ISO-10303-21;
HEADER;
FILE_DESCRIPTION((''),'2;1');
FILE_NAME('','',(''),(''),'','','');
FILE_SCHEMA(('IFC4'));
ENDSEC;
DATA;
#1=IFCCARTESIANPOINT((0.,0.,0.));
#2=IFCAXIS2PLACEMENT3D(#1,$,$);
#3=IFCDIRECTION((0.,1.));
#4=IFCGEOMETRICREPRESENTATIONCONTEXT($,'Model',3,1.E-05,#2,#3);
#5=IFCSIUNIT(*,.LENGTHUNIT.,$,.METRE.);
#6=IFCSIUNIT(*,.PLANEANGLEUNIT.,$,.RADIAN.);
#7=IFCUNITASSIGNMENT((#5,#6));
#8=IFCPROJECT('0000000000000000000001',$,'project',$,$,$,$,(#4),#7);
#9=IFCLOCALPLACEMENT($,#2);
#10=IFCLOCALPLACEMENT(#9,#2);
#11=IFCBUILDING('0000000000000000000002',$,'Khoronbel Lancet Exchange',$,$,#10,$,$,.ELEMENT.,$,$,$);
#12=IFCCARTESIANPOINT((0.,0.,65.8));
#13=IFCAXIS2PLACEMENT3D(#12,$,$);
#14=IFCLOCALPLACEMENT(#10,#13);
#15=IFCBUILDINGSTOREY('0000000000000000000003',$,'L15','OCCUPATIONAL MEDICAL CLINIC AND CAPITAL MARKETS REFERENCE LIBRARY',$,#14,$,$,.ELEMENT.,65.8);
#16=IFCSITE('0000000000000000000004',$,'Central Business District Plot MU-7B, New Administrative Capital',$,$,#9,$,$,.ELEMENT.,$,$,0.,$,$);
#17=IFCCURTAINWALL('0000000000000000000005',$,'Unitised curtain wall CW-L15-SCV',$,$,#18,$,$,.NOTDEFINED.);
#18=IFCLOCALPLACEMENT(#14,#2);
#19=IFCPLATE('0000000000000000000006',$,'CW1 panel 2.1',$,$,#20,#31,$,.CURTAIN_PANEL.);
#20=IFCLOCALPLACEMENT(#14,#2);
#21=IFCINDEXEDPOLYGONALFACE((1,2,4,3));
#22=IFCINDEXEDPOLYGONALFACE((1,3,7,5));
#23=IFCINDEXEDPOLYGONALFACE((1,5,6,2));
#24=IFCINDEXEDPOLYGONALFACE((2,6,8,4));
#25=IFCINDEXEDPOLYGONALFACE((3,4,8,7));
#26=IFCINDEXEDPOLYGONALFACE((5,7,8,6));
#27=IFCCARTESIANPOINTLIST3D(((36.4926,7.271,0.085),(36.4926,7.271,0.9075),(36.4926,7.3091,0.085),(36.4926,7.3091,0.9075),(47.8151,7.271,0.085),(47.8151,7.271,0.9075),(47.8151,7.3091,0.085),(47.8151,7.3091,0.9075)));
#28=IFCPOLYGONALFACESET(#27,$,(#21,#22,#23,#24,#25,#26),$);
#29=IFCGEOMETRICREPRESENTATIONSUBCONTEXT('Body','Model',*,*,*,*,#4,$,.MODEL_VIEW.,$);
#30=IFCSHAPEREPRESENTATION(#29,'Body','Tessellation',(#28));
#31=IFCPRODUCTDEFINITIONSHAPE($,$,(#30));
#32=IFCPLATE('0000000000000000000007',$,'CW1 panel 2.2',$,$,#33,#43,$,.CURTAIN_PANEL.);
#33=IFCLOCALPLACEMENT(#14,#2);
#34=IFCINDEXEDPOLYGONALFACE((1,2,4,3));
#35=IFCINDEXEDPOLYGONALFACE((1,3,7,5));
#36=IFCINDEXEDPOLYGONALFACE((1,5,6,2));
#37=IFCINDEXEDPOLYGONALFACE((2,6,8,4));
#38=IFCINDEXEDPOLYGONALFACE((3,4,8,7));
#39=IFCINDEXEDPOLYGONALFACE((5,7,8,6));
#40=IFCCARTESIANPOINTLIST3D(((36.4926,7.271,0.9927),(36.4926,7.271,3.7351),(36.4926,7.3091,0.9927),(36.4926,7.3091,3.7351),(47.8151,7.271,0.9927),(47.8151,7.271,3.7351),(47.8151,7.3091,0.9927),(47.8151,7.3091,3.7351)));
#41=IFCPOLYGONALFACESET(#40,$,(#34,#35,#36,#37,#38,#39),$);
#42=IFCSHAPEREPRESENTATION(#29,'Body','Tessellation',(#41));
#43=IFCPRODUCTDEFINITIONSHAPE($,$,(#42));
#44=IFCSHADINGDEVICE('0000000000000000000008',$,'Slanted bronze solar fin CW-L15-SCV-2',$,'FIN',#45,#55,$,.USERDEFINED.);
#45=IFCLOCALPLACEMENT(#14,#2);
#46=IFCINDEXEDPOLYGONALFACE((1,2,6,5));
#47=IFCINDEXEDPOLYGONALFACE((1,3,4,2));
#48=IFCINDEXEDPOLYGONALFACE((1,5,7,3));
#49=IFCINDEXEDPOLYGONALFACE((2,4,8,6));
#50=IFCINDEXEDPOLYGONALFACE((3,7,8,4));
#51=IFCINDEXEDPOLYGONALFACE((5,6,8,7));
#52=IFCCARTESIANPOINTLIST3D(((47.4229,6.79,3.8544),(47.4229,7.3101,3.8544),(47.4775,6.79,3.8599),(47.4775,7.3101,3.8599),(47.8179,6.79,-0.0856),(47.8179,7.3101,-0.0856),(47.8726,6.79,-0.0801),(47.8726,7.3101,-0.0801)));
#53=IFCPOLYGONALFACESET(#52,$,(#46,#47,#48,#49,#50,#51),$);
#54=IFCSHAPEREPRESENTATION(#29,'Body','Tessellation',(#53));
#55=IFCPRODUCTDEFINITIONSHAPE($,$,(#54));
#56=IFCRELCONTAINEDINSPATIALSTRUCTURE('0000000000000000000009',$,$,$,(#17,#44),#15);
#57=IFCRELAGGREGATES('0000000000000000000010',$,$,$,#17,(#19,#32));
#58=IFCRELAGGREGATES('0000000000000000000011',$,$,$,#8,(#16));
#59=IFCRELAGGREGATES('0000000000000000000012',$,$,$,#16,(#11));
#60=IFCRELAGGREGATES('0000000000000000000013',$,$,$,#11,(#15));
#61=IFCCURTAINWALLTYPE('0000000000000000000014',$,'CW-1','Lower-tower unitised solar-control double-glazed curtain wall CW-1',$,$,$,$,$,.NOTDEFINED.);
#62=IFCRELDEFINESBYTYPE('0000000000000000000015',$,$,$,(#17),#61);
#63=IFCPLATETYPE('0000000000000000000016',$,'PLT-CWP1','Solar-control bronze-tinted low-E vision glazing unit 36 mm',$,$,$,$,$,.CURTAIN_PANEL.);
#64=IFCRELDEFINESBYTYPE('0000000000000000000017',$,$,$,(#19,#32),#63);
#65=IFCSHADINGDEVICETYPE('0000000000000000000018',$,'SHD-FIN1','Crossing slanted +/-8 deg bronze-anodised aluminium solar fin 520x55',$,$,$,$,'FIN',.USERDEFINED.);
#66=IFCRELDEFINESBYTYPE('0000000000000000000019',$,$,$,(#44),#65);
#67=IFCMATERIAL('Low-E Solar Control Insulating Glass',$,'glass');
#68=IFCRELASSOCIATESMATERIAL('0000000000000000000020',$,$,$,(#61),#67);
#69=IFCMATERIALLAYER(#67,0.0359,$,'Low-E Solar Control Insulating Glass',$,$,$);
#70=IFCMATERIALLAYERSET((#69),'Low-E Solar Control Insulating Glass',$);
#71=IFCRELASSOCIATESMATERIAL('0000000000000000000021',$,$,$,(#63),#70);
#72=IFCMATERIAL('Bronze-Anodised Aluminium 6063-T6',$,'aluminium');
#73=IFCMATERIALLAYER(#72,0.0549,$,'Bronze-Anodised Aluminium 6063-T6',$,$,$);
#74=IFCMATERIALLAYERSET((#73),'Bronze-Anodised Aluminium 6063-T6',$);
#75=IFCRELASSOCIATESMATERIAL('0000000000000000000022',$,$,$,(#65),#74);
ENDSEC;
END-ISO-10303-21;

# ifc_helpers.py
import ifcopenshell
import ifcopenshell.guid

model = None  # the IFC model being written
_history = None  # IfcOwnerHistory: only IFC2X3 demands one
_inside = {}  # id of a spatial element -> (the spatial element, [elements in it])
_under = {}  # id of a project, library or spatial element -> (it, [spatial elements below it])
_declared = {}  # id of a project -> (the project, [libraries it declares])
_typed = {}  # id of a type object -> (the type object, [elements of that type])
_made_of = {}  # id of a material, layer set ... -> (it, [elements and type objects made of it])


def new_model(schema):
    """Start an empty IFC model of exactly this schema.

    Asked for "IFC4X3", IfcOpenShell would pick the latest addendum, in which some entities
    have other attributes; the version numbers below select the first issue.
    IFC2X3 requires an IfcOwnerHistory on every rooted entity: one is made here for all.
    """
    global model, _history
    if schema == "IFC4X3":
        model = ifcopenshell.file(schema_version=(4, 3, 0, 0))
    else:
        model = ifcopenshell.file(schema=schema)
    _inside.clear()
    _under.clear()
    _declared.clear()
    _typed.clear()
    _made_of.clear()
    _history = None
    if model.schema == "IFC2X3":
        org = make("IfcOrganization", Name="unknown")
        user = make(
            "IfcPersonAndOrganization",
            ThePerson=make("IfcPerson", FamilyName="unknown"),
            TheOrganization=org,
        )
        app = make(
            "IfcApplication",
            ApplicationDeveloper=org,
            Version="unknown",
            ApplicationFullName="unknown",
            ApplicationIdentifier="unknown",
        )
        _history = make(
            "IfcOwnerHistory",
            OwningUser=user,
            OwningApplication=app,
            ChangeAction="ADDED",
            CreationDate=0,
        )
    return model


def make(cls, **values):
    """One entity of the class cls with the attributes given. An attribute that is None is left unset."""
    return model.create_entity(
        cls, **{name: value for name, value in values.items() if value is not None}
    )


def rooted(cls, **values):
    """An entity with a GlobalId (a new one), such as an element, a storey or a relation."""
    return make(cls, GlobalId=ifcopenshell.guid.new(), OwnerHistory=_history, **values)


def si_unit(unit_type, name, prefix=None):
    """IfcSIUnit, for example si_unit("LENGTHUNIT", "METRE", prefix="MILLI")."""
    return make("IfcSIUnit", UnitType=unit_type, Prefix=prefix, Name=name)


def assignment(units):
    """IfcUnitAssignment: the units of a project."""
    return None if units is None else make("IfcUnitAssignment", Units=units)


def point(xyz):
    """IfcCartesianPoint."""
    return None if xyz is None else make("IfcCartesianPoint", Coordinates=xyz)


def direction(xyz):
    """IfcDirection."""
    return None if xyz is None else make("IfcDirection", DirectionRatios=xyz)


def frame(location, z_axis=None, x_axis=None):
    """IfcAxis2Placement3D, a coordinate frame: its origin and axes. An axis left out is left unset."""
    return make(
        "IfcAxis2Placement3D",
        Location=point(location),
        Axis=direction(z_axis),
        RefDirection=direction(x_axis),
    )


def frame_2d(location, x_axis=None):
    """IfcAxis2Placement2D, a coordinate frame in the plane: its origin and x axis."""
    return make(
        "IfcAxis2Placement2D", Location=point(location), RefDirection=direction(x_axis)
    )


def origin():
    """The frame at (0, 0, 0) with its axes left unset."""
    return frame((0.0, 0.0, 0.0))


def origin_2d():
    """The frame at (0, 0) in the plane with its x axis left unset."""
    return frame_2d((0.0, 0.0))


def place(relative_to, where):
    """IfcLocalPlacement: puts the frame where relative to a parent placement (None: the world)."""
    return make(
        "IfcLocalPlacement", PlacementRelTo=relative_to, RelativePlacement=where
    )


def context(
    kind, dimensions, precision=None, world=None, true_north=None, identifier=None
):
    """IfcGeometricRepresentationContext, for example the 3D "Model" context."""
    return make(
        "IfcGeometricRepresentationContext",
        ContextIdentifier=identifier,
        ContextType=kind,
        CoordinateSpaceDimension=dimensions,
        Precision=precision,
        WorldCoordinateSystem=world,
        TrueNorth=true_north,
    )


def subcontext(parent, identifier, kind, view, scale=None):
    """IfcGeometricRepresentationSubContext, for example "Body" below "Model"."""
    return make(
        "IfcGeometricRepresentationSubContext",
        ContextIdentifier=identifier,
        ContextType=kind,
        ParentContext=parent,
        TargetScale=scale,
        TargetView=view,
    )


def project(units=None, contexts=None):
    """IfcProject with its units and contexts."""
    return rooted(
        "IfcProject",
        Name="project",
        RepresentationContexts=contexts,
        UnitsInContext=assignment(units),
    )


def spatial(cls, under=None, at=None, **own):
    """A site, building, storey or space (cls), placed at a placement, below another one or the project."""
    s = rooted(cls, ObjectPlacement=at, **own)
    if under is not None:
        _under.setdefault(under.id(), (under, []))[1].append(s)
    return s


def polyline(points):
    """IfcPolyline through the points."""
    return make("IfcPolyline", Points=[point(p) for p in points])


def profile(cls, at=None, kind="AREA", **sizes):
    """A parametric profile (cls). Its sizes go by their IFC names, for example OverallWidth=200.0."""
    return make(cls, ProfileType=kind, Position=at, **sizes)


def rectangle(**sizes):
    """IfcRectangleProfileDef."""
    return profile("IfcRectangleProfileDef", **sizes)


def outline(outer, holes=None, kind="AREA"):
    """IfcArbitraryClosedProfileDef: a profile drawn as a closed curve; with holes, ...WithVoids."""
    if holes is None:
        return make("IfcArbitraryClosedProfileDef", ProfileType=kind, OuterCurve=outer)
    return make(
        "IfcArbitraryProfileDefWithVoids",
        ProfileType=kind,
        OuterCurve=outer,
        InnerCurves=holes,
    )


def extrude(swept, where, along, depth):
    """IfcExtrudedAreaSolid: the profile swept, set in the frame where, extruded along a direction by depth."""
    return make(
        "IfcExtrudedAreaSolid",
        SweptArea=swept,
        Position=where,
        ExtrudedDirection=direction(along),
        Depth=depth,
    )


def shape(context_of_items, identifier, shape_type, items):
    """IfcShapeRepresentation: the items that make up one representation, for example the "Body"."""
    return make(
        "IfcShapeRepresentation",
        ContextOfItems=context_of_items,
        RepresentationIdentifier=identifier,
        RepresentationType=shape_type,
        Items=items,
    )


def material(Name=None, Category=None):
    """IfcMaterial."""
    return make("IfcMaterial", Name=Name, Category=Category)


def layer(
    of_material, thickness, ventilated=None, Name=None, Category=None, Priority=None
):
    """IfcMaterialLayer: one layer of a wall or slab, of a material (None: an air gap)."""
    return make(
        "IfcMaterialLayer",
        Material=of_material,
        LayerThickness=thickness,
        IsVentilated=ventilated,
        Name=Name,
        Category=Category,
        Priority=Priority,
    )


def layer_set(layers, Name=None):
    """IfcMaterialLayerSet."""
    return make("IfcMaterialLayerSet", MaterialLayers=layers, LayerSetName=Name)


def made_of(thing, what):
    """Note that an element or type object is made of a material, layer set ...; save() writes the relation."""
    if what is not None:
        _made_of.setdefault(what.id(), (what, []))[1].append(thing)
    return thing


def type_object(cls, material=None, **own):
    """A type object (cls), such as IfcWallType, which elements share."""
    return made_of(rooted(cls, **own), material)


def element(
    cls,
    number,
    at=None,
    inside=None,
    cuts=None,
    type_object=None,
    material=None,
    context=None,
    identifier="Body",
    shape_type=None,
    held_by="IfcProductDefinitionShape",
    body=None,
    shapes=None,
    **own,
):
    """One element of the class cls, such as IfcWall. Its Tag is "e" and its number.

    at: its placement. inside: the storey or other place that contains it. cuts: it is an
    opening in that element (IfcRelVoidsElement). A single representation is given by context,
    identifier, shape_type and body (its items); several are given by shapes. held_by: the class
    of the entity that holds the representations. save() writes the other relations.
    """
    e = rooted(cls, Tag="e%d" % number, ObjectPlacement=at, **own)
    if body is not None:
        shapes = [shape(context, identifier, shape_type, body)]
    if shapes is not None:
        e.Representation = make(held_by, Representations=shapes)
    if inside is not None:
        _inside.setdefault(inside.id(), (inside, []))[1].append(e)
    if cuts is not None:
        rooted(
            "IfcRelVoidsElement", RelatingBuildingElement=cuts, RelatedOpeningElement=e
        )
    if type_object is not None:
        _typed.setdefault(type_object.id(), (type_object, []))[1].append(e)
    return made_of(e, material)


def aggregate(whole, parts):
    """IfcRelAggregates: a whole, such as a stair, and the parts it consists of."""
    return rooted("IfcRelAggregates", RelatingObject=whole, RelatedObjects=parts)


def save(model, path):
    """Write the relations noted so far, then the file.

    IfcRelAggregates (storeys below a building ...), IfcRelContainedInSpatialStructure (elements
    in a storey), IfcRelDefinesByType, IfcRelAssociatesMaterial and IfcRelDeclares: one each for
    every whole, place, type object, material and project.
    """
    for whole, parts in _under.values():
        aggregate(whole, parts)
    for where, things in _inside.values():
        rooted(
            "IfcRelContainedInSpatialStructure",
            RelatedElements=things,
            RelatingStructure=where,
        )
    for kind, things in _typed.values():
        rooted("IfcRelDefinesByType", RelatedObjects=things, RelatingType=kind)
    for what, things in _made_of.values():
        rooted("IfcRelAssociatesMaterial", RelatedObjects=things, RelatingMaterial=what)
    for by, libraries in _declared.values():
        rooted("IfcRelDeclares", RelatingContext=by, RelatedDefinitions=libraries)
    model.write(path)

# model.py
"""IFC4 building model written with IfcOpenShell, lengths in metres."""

from ifc_helpers import new_model, si_unit, direction, frame, origin, origin_2d, place, context, subcontext, project, spatial, polyline, rectangle, outline, extrude, material, layer, layer_set, type_object, element, aggregate, save


model = new_model("IFC4")

# Units and contexts
model_context = context("Model", 3, precision=1e-05, world=origin(), true_north=direction((0.0, 1.0)))
body_context = subcontext(model_context, "Body", "Model", "MODEL_VIEW")
ifc_project = project(units=[si_unit("LENGTHUNIT", "METRE"), si_unit("PLANEANGLEUNIT", "RADIAN")], contexts=[model_context])

# Site, building, storey
site_placement = place(None, origin())
site = spatial("IfcSite", under=ifc_project, at=site_placement, Name="Central Business District Plot MU-7B, New Administrative Capital", CompositionType="ELEMENT", RefElevation=0.0)
building_placement = place(site_placement, origin())
building = spatial("IfcBuilding", under=site, at=building_placement, Name="Khoronbel Lancet Exchange", CompositionType="ELEMENT")
storey_placement = place(building_placement, frame((0.0, 0.0, 65.8)))
storey = spatial("IfcBuildingStorey", under=building, at=storey_placement, Name="L15", Description="OCCUPATIONAL MEDICAL CLINIC AND CAPITAL MARKETS REFERENCE LIBRARY", CompositionType="ELEMENT", Elevation=65.8)

# Curtain wall
ifc_material_1 = material(Name="Low-E Solar Control Insulating Glass", Category="glass")
curtain_wall_type = type_object("IfcCurtainWallType", Name="CW-1", Description="Lower-tower unitised solar-control double-glazed curtain wall CW-1", PredefinedType="NOTDEFINED", material=ifc_material_1)
curtain_wall_1_placement = place(storey_placement, origin())
curtain_wall_1 = element("IfcCurtainWall", 1, at=curtain_wall_1_placement, inside=storey, type_object=curtain_wall_type, Name="Unitised curtain wall CW-L15-SCV", PredefinedType="NOTDEFINED")
ifc_material_2 = material(Name="Bronze-Anodised Aluminium 6063-T6", Category="aluminium")

# Plates
ifc_layer_1 = layer(ifc_material_1, 0.0359, Name="Low-E Solar Control Insulating Glass")
ifc_layer_set_1 = layer_set([ifc_layer_1], Name="Low-E Solar Control Insulating Glass")
plate_type_1 = type_object("IfcPlateType", Name="PLT-CWP1", Description="Solar-control bronze-tinted low-E vision glazing unit 36 mm", PredefinedType="CURTAIN_PANEL", material=ifc_layer_set_1)
plate_1_placement = place(storey_placement, frame((42.1538, 7.29, 0.085), z_axis=(0.0, 0.0, 1.0), x_axis=(1.0, 0.0, 0.0)))
plate_1 = element("IfcPlate", 2, at=plate_1_placement, type_object=plate_type_1, Name="CW1 panel 2.1", PredefinedType="CURTAIN_PANEL", context=body_context, shape_type="SweptSolid", body=[
    extrude(rectangle(XDim=11.3225, YDim=0.0381, at=origin_2d()), origin(), (0.0, 0.0, 1.0), 0.8225),
])
plate_2_placement = place(storey_placement, frame((42.1538, 7.29, 0.9927), z_axis=(0.0, 0.0, 1.0), x_axis=(1.0, 0.0, 0.0)))
plate_2 = element("IfcPlate", 3, at=plate_2_placement, type_object=plate_type_1, Name="CW1 panel 2.2", PredefinedType="CURTAIN_PANEL", context=body_context, shape_type="SweptSolid", body=[
    extrude(rectangle(XDim=11.3225, YDim=0.0381, at=origin_2d()), origin(), (0.0, 0.0, 1.0), 2.7424),
])
aggregate(curtain_wall_1, [plate_1, plate_2])

# Shading device
ifc_layer_2 = layer(ifc_material_2, 0.0549, Name="Bronze-Anodised Aluminium 6063-T6")
ifc_layer_set_2 = layer_set([ifc_layer_2], Name="Bronze-Anodised Aluminium 6063-T6")
shading_device_type = type_object("IfcShadingDeviceType", Name="SHD-FIN1", Description="Crossing slanted +/-8 deg bronze-anodised aluminium solar fin 520x55", ElementType="FIN", PredefinedType="USERDEFINED", material=ifc_layer_set_2)
shading_device_placement = place(storey_placement, frame((47.8726, 7.3101, -0.0801), z_axis=(0.995012, 0.0, 0.09976), x_axis=(0.0, -1.0, 0.0)))
element("IfcShadingDevice", 4, at=shading_device_placement, inside=storey, type_object=shading_device_type, Name="Slanted bronze solar fin CW-L15-SCV-2", ObjectType="FIN", PredefinedType="USERDEFINED", context=body_context, shape_type="SweptSolid", body=[
    extrude(outline(polyline([(0.0, 0.0), (0.52, 0.0), (0.52, -3.9597), (0.0, -3.9597), (0.0, 0.0)])), origin(), (0.0, 0.0, -1.0), 0.0549),
])

save(model, "model.ifc")
